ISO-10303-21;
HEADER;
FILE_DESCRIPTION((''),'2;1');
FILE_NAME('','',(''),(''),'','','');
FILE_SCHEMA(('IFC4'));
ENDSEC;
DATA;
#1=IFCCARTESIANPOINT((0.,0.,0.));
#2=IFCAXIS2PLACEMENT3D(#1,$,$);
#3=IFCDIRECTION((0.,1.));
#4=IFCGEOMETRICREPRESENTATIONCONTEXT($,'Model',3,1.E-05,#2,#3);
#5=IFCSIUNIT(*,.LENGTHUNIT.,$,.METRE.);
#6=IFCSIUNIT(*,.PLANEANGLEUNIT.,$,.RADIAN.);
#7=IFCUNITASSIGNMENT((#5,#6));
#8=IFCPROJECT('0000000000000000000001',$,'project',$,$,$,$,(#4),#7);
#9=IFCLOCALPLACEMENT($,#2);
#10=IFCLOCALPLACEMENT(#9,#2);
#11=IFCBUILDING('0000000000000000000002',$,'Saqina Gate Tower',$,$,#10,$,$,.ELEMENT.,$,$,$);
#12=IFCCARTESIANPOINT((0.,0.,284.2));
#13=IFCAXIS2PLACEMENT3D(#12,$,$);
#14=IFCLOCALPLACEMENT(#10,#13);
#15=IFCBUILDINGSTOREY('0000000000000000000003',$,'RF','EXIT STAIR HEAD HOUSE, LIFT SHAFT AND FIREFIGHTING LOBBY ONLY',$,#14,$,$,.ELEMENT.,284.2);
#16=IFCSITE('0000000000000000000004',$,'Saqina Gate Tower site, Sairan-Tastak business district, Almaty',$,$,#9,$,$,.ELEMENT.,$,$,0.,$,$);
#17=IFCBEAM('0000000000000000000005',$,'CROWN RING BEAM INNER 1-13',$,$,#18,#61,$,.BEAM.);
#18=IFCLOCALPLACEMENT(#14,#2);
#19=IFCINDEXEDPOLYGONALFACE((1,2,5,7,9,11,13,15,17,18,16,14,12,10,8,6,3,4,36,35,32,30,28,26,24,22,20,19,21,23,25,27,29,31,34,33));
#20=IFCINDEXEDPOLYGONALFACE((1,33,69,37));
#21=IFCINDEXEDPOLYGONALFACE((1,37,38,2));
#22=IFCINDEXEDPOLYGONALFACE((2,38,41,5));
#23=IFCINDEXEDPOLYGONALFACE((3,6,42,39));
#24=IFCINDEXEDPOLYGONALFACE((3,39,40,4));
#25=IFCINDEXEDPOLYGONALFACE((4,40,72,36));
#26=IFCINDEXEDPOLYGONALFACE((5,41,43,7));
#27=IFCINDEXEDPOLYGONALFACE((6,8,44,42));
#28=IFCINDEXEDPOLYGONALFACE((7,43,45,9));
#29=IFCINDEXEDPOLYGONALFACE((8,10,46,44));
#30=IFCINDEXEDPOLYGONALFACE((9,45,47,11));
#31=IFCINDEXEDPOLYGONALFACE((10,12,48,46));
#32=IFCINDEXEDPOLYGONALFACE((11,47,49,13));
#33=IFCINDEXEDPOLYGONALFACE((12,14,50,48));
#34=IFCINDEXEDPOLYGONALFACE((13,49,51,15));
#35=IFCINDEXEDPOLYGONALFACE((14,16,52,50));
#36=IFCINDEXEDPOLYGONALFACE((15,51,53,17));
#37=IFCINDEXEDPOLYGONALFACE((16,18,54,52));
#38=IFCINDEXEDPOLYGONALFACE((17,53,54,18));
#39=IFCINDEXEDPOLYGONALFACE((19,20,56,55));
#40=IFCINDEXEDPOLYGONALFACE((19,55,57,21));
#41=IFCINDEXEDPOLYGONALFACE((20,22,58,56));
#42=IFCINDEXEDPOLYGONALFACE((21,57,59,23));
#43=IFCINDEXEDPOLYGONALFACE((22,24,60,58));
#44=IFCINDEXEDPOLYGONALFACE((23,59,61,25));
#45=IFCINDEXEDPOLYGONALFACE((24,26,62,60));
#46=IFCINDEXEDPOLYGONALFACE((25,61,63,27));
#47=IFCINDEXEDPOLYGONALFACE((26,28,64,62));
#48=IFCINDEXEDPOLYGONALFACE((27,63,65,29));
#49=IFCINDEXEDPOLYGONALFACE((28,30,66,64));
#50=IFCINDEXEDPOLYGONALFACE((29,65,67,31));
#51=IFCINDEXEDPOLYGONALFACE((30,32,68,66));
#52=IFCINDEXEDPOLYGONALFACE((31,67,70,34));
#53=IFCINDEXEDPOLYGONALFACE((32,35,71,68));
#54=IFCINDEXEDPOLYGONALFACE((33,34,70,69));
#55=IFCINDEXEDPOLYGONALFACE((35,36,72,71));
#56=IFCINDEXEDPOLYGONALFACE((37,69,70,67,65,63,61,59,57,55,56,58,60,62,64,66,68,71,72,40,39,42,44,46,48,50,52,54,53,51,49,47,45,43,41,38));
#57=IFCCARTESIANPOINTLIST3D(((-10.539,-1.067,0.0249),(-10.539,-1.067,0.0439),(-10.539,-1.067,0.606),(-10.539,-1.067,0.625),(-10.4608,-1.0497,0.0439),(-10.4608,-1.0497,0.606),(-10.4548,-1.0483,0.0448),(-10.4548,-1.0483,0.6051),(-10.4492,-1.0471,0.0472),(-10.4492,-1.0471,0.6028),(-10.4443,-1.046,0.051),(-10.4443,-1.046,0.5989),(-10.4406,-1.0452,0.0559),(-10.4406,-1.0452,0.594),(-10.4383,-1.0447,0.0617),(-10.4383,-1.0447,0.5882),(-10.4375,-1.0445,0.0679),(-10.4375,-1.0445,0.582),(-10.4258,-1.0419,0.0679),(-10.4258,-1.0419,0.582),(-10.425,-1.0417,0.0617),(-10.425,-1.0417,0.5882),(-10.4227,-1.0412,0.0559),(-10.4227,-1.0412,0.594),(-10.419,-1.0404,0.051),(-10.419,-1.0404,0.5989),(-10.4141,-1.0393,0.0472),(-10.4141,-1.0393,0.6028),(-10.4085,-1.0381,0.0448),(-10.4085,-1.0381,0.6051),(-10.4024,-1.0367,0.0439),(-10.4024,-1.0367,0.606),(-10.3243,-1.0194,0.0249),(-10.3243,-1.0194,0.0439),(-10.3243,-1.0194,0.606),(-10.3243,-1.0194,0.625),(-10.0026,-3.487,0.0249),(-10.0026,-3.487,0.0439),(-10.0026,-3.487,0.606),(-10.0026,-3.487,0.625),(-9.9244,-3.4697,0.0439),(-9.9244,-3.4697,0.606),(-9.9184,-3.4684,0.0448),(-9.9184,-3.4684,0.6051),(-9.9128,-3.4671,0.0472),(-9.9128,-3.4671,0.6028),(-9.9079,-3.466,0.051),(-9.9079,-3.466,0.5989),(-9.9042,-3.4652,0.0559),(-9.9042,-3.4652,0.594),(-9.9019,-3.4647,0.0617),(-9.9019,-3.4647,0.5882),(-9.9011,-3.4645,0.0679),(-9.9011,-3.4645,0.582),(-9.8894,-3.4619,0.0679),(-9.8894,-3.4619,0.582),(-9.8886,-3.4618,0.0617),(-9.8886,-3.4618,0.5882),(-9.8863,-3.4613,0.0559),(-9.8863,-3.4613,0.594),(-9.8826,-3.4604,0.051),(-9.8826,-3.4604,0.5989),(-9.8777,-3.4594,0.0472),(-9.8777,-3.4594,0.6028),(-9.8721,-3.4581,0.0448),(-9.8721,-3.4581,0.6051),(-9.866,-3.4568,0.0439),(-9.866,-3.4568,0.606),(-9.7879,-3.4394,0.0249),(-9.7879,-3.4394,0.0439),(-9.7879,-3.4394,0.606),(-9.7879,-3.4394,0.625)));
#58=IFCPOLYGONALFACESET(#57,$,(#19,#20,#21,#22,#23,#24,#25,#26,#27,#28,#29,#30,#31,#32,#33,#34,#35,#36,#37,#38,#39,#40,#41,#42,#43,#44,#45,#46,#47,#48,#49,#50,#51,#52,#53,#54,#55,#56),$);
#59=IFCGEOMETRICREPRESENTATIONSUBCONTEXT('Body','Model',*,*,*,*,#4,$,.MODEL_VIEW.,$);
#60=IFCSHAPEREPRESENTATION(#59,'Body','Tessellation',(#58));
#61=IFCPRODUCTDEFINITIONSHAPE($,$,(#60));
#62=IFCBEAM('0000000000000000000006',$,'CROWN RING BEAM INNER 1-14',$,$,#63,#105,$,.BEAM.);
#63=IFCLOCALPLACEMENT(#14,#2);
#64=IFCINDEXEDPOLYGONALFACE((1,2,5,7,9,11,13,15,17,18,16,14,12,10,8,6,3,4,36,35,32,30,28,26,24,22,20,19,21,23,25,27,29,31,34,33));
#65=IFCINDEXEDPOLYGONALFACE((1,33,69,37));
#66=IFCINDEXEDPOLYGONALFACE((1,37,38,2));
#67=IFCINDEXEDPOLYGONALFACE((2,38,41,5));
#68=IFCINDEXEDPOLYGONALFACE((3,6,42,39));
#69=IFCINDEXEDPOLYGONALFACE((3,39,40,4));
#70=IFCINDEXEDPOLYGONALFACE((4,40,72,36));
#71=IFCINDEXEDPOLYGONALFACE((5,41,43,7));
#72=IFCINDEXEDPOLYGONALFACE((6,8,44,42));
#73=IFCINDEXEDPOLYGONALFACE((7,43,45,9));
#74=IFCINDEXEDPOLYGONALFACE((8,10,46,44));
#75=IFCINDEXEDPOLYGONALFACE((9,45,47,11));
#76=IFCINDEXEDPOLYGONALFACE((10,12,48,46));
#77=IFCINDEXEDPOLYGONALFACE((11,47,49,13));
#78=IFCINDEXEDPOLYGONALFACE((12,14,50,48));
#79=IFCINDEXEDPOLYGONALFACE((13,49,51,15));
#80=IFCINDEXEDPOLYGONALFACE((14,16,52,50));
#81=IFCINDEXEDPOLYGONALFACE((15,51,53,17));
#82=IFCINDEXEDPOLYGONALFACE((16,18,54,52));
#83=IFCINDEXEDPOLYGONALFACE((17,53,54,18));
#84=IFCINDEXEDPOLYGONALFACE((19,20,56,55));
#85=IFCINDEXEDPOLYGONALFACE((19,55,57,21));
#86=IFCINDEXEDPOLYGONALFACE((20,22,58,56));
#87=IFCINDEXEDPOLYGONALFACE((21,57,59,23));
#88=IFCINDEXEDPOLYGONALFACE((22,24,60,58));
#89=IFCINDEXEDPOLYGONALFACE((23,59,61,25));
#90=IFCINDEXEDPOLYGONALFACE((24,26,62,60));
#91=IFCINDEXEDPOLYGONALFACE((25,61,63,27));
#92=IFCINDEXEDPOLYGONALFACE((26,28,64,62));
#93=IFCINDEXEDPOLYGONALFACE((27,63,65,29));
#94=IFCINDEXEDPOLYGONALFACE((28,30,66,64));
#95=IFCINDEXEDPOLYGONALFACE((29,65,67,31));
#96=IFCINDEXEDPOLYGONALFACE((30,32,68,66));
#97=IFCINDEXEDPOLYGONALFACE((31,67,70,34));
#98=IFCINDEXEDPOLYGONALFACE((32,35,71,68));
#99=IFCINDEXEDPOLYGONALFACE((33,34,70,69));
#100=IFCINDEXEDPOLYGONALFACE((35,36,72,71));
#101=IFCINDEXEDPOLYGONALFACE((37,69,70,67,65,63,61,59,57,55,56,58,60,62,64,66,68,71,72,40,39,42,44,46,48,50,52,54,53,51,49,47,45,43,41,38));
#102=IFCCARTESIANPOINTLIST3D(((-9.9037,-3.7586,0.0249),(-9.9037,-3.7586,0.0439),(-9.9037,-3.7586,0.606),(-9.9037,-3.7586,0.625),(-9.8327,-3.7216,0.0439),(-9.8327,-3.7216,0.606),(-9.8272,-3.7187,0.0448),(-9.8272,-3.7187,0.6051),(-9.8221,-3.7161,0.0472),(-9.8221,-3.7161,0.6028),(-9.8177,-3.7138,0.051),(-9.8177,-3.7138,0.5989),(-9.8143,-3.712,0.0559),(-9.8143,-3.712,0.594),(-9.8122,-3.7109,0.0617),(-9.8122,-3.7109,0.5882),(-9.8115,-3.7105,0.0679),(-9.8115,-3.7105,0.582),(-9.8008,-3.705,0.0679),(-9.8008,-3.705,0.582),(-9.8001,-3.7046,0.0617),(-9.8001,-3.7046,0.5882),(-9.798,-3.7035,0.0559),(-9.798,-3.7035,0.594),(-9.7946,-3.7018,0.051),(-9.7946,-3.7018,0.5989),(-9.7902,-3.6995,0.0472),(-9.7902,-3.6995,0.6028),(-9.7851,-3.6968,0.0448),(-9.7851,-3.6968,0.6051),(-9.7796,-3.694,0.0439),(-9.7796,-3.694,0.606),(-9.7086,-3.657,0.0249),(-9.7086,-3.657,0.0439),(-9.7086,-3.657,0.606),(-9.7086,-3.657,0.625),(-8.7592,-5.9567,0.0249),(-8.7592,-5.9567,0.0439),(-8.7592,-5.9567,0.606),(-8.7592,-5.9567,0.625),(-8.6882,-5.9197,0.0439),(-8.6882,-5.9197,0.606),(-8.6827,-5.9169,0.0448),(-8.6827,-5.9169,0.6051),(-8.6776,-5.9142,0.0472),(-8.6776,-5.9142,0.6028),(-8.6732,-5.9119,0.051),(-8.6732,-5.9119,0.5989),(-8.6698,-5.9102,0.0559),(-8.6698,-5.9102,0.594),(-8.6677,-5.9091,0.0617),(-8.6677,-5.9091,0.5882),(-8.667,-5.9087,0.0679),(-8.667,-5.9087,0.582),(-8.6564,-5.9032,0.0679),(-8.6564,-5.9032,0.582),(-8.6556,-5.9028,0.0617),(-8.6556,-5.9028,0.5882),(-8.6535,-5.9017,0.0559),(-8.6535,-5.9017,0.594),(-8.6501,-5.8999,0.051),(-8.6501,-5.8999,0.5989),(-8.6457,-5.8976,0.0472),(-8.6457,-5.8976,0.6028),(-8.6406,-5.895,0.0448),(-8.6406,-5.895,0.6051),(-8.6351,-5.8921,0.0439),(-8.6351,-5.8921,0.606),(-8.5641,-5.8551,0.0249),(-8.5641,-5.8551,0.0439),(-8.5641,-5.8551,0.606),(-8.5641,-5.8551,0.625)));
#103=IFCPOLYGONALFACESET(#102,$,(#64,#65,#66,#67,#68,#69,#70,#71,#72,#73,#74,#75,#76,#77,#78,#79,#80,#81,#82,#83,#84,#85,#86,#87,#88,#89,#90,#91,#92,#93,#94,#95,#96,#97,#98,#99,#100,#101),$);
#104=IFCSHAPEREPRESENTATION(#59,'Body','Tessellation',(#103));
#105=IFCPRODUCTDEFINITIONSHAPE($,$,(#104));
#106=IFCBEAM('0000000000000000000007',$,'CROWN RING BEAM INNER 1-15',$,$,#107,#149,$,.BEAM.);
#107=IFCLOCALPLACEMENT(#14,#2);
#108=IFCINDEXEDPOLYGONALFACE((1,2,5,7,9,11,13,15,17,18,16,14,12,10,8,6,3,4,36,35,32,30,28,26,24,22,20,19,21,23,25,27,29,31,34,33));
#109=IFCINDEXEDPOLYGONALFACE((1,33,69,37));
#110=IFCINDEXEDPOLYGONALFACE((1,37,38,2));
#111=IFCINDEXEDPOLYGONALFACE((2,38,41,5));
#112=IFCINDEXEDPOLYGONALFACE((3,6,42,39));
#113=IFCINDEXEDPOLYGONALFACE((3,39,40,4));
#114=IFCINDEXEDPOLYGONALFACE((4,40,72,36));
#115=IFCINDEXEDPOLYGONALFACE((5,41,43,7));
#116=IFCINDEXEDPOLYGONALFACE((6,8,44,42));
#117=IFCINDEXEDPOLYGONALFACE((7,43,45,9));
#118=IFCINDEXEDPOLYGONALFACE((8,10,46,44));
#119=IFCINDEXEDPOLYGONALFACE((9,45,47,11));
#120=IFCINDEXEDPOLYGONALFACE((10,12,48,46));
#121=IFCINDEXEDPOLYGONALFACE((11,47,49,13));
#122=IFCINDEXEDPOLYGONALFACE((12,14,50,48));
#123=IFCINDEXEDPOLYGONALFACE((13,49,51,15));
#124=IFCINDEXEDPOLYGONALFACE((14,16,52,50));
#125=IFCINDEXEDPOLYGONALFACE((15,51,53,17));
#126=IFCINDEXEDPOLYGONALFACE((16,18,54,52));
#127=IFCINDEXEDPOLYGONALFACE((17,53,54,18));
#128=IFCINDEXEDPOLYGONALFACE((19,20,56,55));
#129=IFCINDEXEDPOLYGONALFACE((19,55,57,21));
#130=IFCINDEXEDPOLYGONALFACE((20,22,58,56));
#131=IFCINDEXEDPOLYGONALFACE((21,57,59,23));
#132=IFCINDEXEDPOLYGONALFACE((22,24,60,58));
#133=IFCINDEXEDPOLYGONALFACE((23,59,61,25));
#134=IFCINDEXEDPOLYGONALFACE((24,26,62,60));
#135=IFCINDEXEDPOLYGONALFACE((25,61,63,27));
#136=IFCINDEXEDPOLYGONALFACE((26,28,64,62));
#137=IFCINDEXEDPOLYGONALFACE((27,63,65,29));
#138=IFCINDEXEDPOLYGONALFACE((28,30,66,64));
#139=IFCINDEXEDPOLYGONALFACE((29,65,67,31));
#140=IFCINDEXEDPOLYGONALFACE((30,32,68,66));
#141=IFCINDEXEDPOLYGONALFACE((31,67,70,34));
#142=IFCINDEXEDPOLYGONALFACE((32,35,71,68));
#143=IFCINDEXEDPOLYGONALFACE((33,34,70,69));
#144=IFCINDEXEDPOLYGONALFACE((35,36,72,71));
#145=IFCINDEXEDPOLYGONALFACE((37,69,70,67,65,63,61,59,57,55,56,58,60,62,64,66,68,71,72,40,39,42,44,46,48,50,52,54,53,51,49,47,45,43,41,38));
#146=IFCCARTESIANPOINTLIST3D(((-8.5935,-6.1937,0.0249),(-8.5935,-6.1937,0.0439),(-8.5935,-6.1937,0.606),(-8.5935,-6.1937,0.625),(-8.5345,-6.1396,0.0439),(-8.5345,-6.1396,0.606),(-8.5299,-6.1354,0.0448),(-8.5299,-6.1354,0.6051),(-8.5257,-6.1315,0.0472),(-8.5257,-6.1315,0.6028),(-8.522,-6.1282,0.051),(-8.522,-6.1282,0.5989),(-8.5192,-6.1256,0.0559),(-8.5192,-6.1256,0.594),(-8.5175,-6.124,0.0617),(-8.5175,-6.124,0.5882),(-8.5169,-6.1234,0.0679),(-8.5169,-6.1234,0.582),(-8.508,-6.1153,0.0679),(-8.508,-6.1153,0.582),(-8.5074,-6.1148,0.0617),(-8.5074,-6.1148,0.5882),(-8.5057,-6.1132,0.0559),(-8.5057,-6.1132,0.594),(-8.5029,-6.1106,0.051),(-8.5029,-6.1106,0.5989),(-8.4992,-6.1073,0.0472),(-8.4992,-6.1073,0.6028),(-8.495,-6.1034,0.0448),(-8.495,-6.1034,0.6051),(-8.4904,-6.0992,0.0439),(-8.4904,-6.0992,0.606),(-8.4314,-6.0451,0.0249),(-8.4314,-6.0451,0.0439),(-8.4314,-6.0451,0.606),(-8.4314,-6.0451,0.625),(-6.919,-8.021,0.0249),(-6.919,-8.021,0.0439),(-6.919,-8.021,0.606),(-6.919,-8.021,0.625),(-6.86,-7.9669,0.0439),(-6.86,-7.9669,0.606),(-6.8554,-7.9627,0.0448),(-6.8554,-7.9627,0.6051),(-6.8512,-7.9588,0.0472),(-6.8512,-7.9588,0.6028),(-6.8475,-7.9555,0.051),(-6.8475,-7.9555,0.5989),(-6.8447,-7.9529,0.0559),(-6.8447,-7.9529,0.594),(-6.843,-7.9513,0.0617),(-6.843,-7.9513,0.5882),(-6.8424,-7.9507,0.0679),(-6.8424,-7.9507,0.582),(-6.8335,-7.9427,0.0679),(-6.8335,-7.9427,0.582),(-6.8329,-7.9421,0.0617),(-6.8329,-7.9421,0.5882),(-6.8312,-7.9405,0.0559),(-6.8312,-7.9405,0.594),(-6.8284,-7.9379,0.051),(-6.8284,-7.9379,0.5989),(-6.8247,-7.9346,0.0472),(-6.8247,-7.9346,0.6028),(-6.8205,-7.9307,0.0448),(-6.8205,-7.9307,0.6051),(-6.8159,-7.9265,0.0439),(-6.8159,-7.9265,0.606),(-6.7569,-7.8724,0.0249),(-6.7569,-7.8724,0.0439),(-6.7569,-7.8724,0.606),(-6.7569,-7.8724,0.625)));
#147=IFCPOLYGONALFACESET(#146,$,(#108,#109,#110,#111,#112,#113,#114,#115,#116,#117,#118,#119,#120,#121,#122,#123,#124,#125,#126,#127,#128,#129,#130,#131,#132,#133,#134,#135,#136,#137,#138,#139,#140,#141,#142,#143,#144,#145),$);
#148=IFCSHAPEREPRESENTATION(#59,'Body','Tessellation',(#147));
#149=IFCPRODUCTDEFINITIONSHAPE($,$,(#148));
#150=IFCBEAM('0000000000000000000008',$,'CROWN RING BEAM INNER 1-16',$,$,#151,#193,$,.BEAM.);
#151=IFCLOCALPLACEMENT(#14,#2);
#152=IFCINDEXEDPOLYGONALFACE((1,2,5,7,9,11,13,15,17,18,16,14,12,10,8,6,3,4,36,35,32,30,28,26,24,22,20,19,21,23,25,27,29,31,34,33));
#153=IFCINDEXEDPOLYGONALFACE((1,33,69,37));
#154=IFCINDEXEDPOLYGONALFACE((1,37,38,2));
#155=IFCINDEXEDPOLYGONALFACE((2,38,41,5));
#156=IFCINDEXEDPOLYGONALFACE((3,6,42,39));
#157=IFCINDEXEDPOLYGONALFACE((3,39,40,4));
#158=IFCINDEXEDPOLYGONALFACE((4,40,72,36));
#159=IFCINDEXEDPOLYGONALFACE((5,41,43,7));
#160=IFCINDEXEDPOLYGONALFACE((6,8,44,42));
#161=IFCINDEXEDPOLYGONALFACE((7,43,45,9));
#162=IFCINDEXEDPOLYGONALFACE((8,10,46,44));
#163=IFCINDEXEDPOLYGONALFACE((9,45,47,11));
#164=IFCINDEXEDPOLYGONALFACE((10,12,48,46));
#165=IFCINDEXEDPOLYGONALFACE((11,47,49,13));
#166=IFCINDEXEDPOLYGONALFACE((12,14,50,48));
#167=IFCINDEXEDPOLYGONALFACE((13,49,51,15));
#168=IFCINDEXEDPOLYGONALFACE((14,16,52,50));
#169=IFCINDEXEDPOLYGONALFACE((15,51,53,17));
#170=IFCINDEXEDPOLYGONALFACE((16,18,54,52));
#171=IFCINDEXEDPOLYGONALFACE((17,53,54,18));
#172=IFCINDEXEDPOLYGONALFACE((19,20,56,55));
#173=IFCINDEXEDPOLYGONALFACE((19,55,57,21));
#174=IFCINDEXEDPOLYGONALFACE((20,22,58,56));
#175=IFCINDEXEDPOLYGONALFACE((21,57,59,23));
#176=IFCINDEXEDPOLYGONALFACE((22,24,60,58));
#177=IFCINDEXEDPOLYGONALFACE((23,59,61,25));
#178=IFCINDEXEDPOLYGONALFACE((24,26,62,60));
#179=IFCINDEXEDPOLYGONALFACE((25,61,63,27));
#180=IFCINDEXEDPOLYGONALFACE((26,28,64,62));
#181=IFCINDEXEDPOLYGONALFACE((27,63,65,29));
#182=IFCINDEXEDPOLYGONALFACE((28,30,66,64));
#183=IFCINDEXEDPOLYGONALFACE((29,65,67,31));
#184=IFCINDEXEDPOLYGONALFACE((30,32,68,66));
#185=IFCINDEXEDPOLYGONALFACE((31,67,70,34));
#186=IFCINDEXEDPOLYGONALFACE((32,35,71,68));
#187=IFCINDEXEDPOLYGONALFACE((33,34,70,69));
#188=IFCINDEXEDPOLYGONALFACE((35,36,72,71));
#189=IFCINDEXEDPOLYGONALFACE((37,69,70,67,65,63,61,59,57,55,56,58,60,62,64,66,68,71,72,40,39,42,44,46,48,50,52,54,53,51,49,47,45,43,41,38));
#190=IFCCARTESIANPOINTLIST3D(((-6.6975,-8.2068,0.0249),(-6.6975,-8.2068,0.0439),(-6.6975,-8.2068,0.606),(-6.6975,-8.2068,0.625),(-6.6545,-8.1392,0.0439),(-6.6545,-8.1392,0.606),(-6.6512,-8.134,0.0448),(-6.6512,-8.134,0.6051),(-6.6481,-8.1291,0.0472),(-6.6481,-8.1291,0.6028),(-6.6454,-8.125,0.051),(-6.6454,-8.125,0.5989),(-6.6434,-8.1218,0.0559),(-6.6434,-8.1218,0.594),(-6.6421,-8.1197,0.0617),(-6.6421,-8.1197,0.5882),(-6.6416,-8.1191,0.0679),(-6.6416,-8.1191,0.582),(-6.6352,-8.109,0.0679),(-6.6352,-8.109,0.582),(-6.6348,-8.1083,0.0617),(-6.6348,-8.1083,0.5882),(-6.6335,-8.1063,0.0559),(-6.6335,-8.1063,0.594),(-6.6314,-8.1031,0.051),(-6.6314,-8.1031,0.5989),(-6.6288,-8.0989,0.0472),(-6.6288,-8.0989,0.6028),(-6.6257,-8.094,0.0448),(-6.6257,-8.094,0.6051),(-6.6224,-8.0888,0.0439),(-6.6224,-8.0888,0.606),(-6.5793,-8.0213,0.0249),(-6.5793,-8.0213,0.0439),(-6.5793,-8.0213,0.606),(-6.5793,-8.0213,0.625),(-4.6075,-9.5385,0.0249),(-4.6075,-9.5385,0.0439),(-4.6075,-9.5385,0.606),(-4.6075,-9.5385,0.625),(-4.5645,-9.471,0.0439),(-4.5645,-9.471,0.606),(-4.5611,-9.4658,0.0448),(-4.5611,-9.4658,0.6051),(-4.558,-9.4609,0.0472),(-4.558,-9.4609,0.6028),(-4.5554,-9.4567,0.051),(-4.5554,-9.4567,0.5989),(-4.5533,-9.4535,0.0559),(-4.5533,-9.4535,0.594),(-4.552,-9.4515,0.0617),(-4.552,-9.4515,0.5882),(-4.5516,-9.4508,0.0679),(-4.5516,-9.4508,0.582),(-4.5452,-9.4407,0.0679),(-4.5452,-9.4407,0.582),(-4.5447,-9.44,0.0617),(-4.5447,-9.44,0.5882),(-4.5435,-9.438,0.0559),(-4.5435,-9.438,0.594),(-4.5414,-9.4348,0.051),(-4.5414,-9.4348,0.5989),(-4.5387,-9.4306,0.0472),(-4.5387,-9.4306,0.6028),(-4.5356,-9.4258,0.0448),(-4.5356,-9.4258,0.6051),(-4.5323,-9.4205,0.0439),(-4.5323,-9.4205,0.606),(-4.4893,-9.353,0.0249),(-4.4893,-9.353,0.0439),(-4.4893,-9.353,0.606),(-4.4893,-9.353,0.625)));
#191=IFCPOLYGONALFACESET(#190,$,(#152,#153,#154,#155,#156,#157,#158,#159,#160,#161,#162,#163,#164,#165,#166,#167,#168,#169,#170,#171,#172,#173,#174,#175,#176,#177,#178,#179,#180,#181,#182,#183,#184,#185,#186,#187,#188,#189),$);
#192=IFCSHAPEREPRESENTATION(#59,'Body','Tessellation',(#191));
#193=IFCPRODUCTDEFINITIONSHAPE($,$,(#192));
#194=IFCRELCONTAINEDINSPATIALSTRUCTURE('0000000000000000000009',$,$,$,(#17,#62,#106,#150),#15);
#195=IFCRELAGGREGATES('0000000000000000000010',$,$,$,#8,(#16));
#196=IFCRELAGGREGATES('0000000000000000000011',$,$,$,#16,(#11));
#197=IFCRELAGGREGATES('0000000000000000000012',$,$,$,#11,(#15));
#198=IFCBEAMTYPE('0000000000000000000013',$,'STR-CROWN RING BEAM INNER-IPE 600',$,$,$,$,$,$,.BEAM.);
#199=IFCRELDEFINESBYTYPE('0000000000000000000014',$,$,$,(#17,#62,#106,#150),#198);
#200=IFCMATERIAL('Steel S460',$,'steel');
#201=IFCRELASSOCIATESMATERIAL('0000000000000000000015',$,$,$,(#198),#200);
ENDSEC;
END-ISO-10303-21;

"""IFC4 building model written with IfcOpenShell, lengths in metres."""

from ifc_helpers import new_model, si_unit, direction, frame, origin, origin_2d, place, context, subcontext, project, spatial, i_section, extrude, material, material_profile, profile_set, type_object, element, save


model = new_model("IFC4")

# Units and contexts
model_context = context("Model", 3, precision=1e-05, world=origin(), true_north=direction((0.0, 1.0)))
body_context = subcontext(model_context, "Body", "Model", "MODEL_VIEW")
ifc_project = project(units=[si_unit("LENGTHUNIT", "METRE"), si_unit("PLANEANGLEUNIT", "RADIAN")], contexts=[model_context])

# Site, building, storey
site_placement = place(None, origin())
site = spatial("IfcSite", under=ifc_project, at=site_placement, Name="Saqina Gate Tower site, Sairan-Tastak business district, Almaty", CompositionType="ELEMENT", RefElevation=0.0)
building_placement = place(site_placement, origin())
building = spatial("IfcBuilding", under=site, at=building_placement, Name="Saqina Gate Tower", CompositionType="ELEMENT")
storey_placement = place(building_placement, frame((0.0, 0.0, 284.2)))
storey = spatial("IfcBuildingStorey", under=building, at=storey_placement, Name="RF", Description="EXIT STAIR HEAD HOUSE, LIFT SHAFT AND FIREFIGHTING LOBBY ONLY", CompositionType="ELEMENT", Elevation=284.2)

# Beams
ifc_material_1 = material(Name="Steel S460", Category="steel")
ifc_material_profile_1 = material_profile(ifc_material_1, i_section(OverallWidth=0.22, OverallDepth=0.6001, WebThickness=0.012, FlangeThickness=0.019, FilletRadius=0.0239, at=origin_2d()), Name="IPE 600")
ifc_profile_set_1 = profile_set([ifc_material_profile_1], Name="Steel S460")
beam_type = type_object("IfcBeamType", Name="STR-CROWN RING BEAM INNER-IPE 600", PredefinedType="BEAM", material=ifc_profile_set_1)
beam_1_placement = place(storey_placement, frame((-10.4316, -1.0432, 0.325), z_axis=(0.216399, -0.976305, 0.0), x_axis=(0.976305, 0.216399, 0.0)))
element("IfcBeam", 1, at=beam_1_placement, inside=storey, type_object=beam_type, Name="CROWN RING BEAM INNER 1-13", PredefinedType="BEAM", context=body_context, shape_type="SweptSolid", body=[
    extrude(i_section(OverallWidth=0.22, OverallDepth=0.6001, WebThickness=0.012, FlangeThickness=0.019, FilletRadius=0.0239, at=origin_2d()), origin(), (0.0, 0.0, 1.0), 2.4788),
])
beam_2_placement = place(storey_placement, frame((-9.8062, -3.7078, 0.325), z_axis=(0.461812, -0.886978, 0.0), x_axis=(0.886978, 0.461812, 0.0)))
element("IfcBeam", 2, at=beam_2_placement, inside=storey, type_object=beam_type, Name="CROWN RING BEAM INNER 1-14", PredefinedType="BEAM", context=body_context, shape_type="SweptSolid", body=[
    extrude(i_section(OverallWidth=0.22, OverallDepth=0.6001, WebThickness=0.012, FlangeThickness=0.019, FilletRadius=0.0239, at=origin_2d()), origin(), (0.0, 0.0, 1.0), 2.4783),
])
beam_3_placement = place(storey_placement, frame((-8.5125, -6.1194, 0.325), z_axis=(0.675604, -0.737265, 0.0), x_axis=(0.737265, 0.675604, 0.0)))
element("IfcBeam", 3, at=beam_3_placement, inside=storey, type_object=beam_type, Name="CROWN RING BEAM INNER 1-15", PredefinedType="BEAM", context=body_context, shape_type="SweptSolid", body=[
    extrude(i_section(OverallWidth=0.22, OverallDepth=0.6001, WebThickness=0.012, FlangeThickness=0.019, FilletRadius=0.0239, at=origin_2d()), origin(), (0.0, 0.0, 1.0), 2.4785),
])
beam_4_placement = place(storey_placement, frame((-6.6384, -8.114, 0.325), z_axis=(0.843345, -0.537373, 0.0), x_axis=(0.537373, 0.843345, 0.0)))
element("IfcBeam", 4, at=beam_4_placement, inside=storey, type_object=beam_type, Name="CROWN RING BEAM INNER 1-16", PredefinedType="BEAM", context=body_context, shape_type="SweptSolid", body=[
    extrude(i_section(OverallWidth=0.22, OverallDepth=0.6001, WebThickness=0.012, FlangeThickness=0.019, FilletRadius=0.0239, at=origin_2d()), origin(), (0.0, 0.0, 1.0), 2.4783),
])

save(model, "model.ifc")
